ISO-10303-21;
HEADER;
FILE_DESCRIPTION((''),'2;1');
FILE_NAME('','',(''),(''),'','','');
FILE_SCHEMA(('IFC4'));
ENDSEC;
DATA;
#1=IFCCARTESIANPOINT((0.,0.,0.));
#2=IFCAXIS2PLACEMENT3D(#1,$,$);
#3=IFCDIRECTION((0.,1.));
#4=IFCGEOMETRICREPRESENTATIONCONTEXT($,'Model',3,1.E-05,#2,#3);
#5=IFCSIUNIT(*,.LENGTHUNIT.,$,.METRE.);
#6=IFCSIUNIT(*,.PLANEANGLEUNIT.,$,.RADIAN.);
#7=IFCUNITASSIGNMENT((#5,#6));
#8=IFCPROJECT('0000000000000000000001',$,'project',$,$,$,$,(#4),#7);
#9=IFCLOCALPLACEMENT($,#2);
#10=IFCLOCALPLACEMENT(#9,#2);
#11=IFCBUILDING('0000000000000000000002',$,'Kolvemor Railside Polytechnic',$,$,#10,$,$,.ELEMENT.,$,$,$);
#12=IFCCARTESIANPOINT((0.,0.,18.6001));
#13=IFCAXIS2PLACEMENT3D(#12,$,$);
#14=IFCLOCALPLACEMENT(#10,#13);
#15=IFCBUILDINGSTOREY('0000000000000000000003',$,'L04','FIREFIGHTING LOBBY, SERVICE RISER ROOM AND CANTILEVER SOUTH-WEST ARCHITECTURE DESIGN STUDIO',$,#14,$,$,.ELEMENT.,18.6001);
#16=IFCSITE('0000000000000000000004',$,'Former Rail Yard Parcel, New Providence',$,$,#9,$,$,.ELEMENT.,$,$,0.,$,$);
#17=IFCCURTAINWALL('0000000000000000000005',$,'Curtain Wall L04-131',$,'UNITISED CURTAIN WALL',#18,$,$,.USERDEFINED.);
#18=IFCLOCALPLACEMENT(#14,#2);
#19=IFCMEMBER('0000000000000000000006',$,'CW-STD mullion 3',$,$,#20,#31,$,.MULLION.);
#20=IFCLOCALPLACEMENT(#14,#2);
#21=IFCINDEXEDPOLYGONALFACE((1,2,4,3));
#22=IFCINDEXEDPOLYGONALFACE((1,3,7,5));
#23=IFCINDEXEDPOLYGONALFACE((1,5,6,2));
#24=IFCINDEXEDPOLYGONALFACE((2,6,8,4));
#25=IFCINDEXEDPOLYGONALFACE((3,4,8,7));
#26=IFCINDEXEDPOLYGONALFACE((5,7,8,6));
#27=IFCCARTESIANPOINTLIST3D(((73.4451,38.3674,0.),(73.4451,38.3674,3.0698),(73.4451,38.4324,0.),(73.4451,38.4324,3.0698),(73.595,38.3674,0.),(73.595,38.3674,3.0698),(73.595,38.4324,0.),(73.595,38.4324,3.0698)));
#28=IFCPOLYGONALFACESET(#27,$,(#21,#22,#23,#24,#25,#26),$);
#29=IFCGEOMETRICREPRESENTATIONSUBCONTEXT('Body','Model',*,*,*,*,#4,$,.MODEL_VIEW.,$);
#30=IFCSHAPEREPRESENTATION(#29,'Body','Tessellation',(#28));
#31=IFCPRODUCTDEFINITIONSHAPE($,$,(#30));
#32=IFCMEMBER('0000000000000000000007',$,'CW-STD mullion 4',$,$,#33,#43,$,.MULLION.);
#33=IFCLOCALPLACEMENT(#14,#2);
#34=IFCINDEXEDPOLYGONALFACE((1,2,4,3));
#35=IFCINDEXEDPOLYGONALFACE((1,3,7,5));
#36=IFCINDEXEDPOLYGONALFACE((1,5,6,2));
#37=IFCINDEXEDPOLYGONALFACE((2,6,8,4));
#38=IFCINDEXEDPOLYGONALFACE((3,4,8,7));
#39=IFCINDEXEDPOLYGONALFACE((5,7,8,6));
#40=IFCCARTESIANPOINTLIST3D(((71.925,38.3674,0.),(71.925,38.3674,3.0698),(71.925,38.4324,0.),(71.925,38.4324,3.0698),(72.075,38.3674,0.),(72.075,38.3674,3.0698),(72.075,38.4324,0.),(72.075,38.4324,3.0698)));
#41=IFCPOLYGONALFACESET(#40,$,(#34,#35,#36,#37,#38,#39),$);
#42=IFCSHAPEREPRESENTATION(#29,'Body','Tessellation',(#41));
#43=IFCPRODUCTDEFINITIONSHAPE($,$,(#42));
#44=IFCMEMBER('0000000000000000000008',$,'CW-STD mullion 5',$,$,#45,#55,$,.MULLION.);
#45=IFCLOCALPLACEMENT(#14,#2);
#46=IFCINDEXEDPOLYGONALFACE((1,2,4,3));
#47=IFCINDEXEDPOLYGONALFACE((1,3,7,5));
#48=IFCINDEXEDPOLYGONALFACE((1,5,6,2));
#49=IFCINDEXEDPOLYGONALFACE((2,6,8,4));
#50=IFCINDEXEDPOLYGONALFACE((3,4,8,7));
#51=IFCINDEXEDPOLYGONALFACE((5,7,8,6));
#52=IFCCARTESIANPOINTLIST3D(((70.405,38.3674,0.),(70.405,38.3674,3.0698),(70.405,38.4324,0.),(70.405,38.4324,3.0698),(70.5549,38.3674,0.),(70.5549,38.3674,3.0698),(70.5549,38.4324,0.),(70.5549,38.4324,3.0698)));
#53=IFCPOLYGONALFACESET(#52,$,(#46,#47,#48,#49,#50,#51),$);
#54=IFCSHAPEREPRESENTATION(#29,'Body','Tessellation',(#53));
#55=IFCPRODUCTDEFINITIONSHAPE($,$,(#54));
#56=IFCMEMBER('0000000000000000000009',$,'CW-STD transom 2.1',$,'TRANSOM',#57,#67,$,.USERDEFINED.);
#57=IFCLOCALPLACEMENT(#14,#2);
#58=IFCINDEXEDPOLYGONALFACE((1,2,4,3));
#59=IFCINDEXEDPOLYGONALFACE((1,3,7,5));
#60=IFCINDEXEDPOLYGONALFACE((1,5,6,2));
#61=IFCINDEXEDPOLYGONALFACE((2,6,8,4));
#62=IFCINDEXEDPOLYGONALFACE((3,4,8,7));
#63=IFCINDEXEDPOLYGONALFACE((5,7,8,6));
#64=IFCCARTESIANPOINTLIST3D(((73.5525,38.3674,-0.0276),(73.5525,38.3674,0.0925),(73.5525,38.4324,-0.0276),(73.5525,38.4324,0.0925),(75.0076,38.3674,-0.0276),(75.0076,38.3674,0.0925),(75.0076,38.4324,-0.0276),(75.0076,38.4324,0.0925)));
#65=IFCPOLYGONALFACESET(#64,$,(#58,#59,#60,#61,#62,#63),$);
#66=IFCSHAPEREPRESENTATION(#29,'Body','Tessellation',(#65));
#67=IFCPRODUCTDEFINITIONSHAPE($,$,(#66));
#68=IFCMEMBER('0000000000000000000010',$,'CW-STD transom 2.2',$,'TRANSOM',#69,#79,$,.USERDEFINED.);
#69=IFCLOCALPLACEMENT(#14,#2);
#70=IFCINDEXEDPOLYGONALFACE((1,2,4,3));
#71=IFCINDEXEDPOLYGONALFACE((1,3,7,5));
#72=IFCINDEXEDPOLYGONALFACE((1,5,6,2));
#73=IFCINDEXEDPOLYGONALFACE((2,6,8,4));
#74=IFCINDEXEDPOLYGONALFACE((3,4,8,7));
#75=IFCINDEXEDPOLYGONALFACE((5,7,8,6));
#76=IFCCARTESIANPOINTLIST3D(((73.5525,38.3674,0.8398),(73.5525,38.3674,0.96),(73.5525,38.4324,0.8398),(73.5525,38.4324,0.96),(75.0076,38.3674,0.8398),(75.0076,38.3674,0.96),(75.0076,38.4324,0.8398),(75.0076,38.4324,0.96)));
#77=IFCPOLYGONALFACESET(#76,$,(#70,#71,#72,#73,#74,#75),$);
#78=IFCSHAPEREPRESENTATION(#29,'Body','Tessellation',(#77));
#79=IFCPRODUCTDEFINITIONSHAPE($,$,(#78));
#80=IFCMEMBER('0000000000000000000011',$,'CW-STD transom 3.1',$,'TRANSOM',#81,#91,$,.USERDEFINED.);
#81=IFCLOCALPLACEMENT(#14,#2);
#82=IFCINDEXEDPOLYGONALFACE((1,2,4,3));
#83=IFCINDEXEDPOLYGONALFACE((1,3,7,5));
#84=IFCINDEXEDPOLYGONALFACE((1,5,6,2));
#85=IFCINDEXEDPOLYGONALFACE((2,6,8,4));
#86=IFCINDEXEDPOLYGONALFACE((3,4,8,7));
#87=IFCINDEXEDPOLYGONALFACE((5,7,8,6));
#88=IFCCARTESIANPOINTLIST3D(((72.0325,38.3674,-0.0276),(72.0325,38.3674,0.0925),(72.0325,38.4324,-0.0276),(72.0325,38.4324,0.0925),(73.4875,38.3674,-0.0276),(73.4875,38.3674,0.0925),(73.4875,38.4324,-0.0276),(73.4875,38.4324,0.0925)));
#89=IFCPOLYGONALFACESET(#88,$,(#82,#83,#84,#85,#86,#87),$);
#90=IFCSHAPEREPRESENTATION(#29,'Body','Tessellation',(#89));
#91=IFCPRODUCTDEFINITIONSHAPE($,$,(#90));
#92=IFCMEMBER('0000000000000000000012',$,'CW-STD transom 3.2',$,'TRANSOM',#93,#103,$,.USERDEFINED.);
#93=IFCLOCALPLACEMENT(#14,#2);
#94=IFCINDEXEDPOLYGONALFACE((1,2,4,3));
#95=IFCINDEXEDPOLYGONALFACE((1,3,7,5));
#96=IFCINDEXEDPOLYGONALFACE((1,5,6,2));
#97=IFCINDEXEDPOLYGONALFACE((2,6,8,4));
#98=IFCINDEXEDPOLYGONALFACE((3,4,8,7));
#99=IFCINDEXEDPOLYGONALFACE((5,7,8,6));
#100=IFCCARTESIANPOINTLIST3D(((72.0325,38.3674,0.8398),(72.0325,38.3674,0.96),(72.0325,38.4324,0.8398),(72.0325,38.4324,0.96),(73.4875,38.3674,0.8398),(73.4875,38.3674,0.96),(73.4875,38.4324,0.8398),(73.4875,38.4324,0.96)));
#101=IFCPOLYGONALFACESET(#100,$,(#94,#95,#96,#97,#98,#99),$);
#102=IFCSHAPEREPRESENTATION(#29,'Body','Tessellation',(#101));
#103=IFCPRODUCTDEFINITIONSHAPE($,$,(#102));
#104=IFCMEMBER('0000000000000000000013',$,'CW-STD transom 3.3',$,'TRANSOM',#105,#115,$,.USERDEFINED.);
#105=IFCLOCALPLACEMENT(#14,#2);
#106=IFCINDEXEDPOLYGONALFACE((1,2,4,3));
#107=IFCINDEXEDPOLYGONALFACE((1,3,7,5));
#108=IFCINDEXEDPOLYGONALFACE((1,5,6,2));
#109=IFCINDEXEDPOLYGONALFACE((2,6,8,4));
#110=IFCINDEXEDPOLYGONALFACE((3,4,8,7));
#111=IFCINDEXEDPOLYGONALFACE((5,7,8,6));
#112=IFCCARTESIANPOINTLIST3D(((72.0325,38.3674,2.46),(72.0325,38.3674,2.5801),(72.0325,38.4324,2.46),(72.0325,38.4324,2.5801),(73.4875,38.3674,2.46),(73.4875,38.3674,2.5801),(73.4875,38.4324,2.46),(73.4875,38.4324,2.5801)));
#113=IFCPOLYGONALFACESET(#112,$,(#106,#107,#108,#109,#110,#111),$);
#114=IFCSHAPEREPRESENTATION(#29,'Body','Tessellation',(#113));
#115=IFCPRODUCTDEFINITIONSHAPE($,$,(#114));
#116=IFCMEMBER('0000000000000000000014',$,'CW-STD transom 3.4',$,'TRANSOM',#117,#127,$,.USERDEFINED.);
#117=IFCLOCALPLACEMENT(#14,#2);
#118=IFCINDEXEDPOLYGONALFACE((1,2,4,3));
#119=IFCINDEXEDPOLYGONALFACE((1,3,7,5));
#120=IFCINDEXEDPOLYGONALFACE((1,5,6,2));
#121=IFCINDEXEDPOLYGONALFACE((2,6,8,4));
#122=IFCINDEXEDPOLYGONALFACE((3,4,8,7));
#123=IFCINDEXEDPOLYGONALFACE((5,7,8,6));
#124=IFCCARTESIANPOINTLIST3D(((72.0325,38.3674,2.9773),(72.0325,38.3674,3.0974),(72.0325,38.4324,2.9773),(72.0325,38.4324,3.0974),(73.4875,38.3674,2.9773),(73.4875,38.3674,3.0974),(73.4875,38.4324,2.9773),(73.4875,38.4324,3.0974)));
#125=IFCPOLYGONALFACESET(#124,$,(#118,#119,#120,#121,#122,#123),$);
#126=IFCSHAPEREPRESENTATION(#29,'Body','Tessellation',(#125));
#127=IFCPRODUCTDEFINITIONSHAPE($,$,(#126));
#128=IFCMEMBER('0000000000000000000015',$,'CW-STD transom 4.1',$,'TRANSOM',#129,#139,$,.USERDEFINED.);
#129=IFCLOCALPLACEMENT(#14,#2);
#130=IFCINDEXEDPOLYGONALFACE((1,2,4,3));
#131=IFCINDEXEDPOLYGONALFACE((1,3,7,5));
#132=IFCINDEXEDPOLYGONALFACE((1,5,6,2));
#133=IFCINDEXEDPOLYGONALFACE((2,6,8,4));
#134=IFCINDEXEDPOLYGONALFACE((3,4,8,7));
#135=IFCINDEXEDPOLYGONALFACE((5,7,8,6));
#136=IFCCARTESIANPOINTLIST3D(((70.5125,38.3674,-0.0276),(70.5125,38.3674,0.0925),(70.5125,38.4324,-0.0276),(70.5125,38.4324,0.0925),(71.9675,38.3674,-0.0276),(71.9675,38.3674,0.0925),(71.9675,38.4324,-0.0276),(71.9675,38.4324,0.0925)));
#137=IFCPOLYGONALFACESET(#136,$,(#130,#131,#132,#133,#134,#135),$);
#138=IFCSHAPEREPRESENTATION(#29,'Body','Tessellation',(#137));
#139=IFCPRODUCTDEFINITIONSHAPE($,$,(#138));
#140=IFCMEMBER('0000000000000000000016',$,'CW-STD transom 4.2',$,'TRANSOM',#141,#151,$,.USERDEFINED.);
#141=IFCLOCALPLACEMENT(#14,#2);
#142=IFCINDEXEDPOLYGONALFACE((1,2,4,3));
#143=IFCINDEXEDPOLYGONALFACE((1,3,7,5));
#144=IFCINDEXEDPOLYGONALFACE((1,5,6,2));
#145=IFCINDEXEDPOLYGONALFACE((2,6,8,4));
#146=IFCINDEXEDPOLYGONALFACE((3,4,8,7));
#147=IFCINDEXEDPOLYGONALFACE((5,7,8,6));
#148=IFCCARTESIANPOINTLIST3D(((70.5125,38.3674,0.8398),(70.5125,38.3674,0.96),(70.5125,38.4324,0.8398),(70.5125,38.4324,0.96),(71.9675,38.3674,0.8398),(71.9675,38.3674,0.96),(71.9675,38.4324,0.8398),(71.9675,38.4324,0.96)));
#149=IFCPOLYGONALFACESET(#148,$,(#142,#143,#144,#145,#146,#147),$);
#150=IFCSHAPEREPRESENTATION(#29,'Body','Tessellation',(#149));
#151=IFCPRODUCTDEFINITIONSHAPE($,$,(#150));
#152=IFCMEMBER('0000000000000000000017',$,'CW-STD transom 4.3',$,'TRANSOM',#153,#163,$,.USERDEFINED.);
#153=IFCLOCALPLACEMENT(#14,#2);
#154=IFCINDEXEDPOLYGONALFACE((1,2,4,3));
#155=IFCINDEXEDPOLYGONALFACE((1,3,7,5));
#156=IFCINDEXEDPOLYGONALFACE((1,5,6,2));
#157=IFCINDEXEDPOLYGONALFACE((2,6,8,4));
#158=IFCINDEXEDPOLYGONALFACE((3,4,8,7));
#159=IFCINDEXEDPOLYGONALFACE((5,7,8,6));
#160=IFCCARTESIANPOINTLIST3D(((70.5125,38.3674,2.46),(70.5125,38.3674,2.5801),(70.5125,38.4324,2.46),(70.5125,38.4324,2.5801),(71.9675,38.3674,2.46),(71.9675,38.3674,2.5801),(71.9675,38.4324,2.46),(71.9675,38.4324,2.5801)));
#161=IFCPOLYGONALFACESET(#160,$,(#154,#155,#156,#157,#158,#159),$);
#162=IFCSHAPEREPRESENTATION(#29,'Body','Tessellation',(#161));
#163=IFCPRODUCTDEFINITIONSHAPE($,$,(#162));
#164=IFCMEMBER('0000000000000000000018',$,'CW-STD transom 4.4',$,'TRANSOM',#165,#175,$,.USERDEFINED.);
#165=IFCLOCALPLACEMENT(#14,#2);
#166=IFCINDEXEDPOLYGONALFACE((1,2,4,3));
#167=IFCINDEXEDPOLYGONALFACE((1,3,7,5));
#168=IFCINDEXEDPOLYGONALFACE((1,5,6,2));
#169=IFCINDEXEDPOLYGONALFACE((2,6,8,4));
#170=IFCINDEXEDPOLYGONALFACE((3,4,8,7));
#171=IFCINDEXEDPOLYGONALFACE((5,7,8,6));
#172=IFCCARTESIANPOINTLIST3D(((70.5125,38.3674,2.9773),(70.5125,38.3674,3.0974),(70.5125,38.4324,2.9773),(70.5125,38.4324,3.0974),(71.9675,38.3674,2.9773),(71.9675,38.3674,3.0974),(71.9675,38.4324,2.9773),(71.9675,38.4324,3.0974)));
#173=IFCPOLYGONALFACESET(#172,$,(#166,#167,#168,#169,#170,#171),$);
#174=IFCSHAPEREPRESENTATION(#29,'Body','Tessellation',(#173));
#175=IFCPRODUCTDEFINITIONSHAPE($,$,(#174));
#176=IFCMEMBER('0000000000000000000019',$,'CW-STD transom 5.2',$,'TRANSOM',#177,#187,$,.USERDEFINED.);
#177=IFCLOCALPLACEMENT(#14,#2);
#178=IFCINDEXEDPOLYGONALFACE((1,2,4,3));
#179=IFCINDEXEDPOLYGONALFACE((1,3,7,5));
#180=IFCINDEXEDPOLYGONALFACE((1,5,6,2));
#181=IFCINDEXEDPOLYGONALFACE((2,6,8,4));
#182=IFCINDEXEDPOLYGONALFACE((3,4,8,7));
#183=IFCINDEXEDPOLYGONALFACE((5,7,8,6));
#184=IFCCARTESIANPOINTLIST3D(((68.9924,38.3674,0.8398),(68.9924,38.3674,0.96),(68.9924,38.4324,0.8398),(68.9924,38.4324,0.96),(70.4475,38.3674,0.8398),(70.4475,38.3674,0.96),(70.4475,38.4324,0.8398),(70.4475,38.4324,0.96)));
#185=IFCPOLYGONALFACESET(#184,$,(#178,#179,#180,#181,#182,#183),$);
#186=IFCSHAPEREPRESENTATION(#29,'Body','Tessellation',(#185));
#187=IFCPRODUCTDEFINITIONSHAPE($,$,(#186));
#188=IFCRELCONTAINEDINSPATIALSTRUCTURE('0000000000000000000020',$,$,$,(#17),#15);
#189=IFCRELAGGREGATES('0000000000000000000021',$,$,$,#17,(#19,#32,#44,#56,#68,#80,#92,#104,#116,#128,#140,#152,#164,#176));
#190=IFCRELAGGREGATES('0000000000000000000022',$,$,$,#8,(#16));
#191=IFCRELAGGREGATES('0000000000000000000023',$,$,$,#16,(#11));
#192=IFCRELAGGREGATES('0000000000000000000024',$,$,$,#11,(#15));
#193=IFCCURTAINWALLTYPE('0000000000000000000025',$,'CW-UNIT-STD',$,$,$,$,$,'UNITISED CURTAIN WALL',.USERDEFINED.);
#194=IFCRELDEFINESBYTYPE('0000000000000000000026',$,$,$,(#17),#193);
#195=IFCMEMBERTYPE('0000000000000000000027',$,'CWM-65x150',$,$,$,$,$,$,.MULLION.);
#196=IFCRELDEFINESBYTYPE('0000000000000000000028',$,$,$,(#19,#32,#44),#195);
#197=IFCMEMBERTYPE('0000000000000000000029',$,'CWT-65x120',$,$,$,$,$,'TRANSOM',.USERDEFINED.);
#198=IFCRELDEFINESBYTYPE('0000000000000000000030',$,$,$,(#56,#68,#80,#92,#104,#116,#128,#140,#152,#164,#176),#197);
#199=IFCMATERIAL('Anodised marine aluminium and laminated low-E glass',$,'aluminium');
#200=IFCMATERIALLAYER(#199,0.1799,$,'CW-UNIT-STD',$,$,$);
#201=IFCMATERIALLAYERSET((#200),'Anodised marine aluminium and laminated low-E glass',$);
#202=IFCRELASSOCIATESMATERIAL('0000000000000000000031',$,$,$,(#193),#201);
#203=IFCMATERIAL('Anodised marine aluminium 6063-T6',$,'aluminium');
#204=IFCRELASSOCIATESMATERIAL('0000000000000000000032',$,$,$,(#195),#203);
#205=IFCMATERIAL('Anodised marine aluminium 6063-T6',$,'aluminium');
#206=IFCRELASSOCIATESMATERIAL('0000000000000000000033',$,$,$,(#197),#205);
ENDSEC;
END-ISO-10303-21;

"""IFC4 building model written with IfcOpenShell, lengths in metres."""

from ifc_helpers import new_model, si_unit, direction, frame, origin, origin_2d, place, context, subcontext, project, spatial, rectangle, extrude, material, layer, layer_set, material_profile, profile_set, type_object, element, aggregate, save


model = new_model("IFC4")

# Units and contexts
model_context = context("Model", 3, precision=1e-05, world=origin(), true_north=direction((0.0, 1.0)))
body_context = subcontext(model_context, "Body", "Model", "MODEL_VIEW")
ifc_project = project(units=[si_unit("LENGTHUNIT", "METRE"), si_unit("PLANEANGLEUNIT", "RADIAN")], contexts=[model_context])

# Site, building, storey
site_placement = place(None, origin())
site = spatial("IfcSite", under=ifc_project, at=site_placement, Name="Former Rail Yard Parcel, New Providence", CompositionType="ELEMENT", RefElevation=0.0)
building_placement = place(site_placement, origin())
building = spatial("IfcBuilding", under=site, at=building_placement, Name="Kolvemor Railside Polytechnic", CompositionType="ELEMENT")
storey_placement = place(building_placement, frame((0.0, 0.0, 18.6001)))
storey = spatial("IfcBuildingStorey", under=building, at=storey_placement, Name="L04", Description="FIREFIGHTING LOBBY, SERVICE RISER ROOM AND CANTILEVER SOUTH-WEST ARCHITECTURE DESIGN STUDIO", CompositionType="ELEMENT", Elevation=18.6001)

# Curtain wall, members
ifc_material_1 = material(Name="Anodised marine aluminium and laminated low-E glass", Category="aluminium")
ifc_layer_1 = layer(ifc_material_1, 0.1799, Name="CW-UNIT-STD")
ifc_layer_set_1 = layer_set([ifc_layer_1], Name="Anodised marine aluminium and laminated low-E glass")
curtain_wall_type = type_object("IfcCurtainWallType", Name="CW-UNIT-STD", ElementType="UNITISED CURTAIN WALL", PredefinedType="USERDEFINED", material=ifc_layer_set_1)
curtain_wall_placement = place(storey_placement, origin())
curtain_wall = element("IfcCurtainWall", 1, at=curtain_wall_placement, inside=storey, type_object=curtain_wall_type, Name="Curtain Wall L04-131", ObjectType="UNITISED CURTAIN WALL", PredefinedType="USERDEFINED")
ifc_material_2 = material(Name="Anodised marine aluminium 6063-T6", Category="aluminium")
ifc_material_profile_1 = material_profile(ifc_material_2, rectangle(XDim=0.0649, YDim=0.1499, at=origin_2d()), Name="CW-MUL-65x150")
ifc_profile_set_1 = profile_set([ifc_material_profile_1], Name="Anodised marine aluminium 6063-T6")
member_type_1 = type_object("IfcMemberType", Name="CWM-65x150", PredefinedType="MULLION", material=ifc_profile_set_1)
member_1_placement = place(storey_placement, frame((73.52, 38.3999, 0.0), z_axis=(0.0, 0.0, 1.0), x_axis=(0.0, -1.0, 0.0)))
member_1 = element("IfcMember", 2, at=member_1_placement, type_object=member_type_1, Name="CW-STD mullion 3", PredefinedType="MULLION", context=body_context, shape_type="SweptSolid", body=[
    extrude(rectangle(XDim=0.0649, YDim=0.1499, at=origin_2d()), origin(), (0.0, 0.0, 1.0), 3.0698),
])
member_2_placement = place(storey_placement, frame((72.0, 38.3999, 0.0), z_axis=(0.0, 0.0, 1.0), x_axis=(0.0, -1.0, 0.0)))
member_2 = element("IfcMember", 3, at=member_2_placement, type_object=member_type_1, Name="CW-STD mullion 4", PredefinedType="MULLION", context=body_context, shape_type="SweptSolid", body=[
    extrude(rectangle(XDim=0.0649, YDim=0.1499, at=origin_2d()), origin(), (0.0, 0.0, 1.0), 3.0698),
])
member_3_placement = place(storey_placement, frame((70.48, 38.3999, 0.0), z_axis=(0.0, 0.0, 1.0), x_axis=(0.0, -1.0, 0.0)))
member_3 = element("IfcMember", 4, at=member_3_placement, type_object=member_type_1, Name="CW-STD mullion 5", PredefinedType="MULLION", context=body_context, shape_type="SweptSolid", body=[
    extrude(rectangle(XDim=0.0649, YDim=0.1499, at=origin_2d()), origin(), (0.0, 0.0, 1.0), 3.0698),
])
ifc_material_3 = material(Name="Anodised marine aluminium 6063-T6", Category="aluminium")
ifc_material_profile_2 = material_profile(ifc_material_3, rectangle(XDim=0.0649, YDim=0.1201, at=origin_2d()), Name="CW-TRN-65x120")
ifc_profile_set_2 = profile_set([ifc_material_profile_2], Name="Anodised marine aluminium 6063-T6")
member_type_2 = type_object("IfcMemberType", Name="CWT-65x120", ElementType="TRANSOM", PredefinedType="USERDEFINED", material=ifc_profile_set_2)
member_4_placement = place(storey_placement, frame((75.0076, 38.3999, 0.0325), z_axis=(-1.0, 0.0, 0.0), x_axis=(0.0, -1.0, 0.0)))
member_4 = element("IfcMember", 5, at=member_4_placement, type_object=member_type_2, Name="CW-STD transom 2.1", ObjectType="TRANSOM", PredefinedType="USERDEFINED", context=body_context, shape_type="SweptSolid", body=[
    extrude(rectangle(XDim=0.0649, YDim=0.1201, at=origin_2d()), origin(), (0.0, 0.0, 1.0), 1.4551),
])
member_5_placement = place(storey_placement, frame((75.0076, 38.3999, 0.8999), z_axis=(-1.0, 0.0, 0.0), x_axis=(0.0, -1.0, 0.0)))
member_5 = element("IfcMember", 6, at=member_5_placement, type_object=member_type_2, Name="CW-STD transom 2.2", ObjectType="TRANSOM", PredefinedType="USERDEFINED", context=body_context, shape_type="SweptSolid", body=[
    extrude(rectangle(XDim=0.0649, YDim=0.1201, at=origin_2d()), origin(), (0.0, 0.0, 1.0), 1.4551),
])
member_6_placement = place(storey_placement, frame((73.4875, 38.3999, 0.0325), z_axis=(-1.0, 0.0, 0.0), x_axis=(0.0, -1.0, 0.0)))
member_6 = element("IfcMember", 7, at=member_6_placement, type_object=member_type_2, Name="CW-STD transom 3.1", ObjectType="TRANSOM", PredefinedType="USERDEFINED", context=body_context, shape_type="SweptSolid", body=[
    extrude(rectangle(XDim=0.0649, YDim=0.1201, at=origin_2d()), origin(), (0.0, 0.0, 1.0), 1.4551),
])
member_7_placement = place(storey_placement, frame((73.4875, 38.3999, 0.8999), z_axis=(-1.0, 0.0, 0.0), x_axis=(0.0, -1.0, 0.0)))
member_7 = element("IfcMember", 8, at=member_7_placement, type_object=member_type_2, Name="CW-STD transom 3.2", ObjectType="TRANSOM", PredefinedType="USERDEFINED", context=body_context, shape_type="SweptSolid", body=[
    extrude(rectangle(XDim=0.0649, YDim=0.1201, at=origin_2d()), origin(), (0.0, 0.0, 1.0), 1.4551),
])
member_8_placement = place(storey_placement, frame((73.4875, 38.3999, 2.52), z_axis=(-1.0, 0.0, 0.0), x_axis=(0.0, -1.0, 0.0)))
member_8 = element("IfcMember", 9, at=member_8_placement, type_object=member_type_2, Name="CW-STD transom 3.3", ObjectType="TRANSOM", PredefinedType="USERDEFINED", context=body_context, shape_type="SweptSolid", body=[
    extrude(rectangle(XDim=0.0649, YDim=0.1201, at=origin_2d()), origin(), (0.0, 0.0, 1.0), 1.4551),
])
member_9_placement = place(storey_placement, frame((73.4875, 38.3999, 3.0374), z_axis=(-1.0, 0.0, 0.0), x_axis=(0.0, -1.0, 0.0)))
member_9 = element("IfcMember", 10, at=member_9_placement, type_object=member_type_2, Name="CW-STD transom 3.4", ObjectType="TRANSOM", PredefinedType="USERDEFINED", context=body_context, shape_type="SweptSolid", body=[
    extrude(rectangle(XDim=0.0649, YDim=0.1201, at=origin_2d()), origin(), (0.0, 0.0, 1.0), 1.4551),
])
member_10_placement = place(storey_placement, frame((71.9675, 38.3999, 0.0325), z_axis=(-1.0, 0.0, 0.0), x_axis=(0.0, -1.0, 0.0)))
member_10 = element("IfcMember", 11, at=member_10_placement, type_object=member_type_2, Name="CW-STD transom 4.1", ObjectType="TRANSOM", PredefinedType="USERDEFINED", context=body_context, shape_type="SweptSolid", body=[
    extrude(rectangle(XDim=0.0649, YDim=0.1201, at=origin_2d()), origin(), (0.0, 0.0, 1.0), 1.4551),
])
member_11_placement = place(storey_placement, frame((71.9675, 38.3999, 0.8999), z_axis=(-1.0, 0.0, 0.0), x_axis=(0.0, -1.0, 0.0)))
member_11 = element("IfcMember", 12, at=member_11_placement, type_object=member_type_2, Name="CW-STD transom 4.2", ObjectType="TRANSOM", PredefinedType="USERDEFINED", context=body_context, shape_type="SweptSolid", body=[
    extrude(rectangle(XDim=0.0649, YDim=0.1201, at=origin_2d()), origin(), (0.0, 0.0, 1.0), 1.4551),
])
member_12_placement = place(storey_placement, frame((71.9675, 38.3999, 2.52), z_axis=(-1.0, 0.0, 0.0), x_axis=(0.0, -1.0, 0.0)))
member_12 = element("IfcMember", 13, at=member_12_placement, type_object=member_type_2, Name="CW-STD transom 4.3", ObjectType="TRANSOM", PredefinedType="USERDEFINED", context=body_context, shape_type="SweptSolid", body=[
    extrude(rectangle(XDim=0.0649, YDim=0.1201, at=origin_2d()), origin(), (0.0, 0.0, 1.0), 1.4551),
])
member_13_placement = place(storey_placement, frame((71.9675, 38.3999, 3.0374), z_axis=(-1.0, 0.0, 0.0), x_axis=(0.0, -1.0, 0.0)))
member_13 = element("IfcMember", 14, at=member_13_placement, type_object=member_type_2, Name="CW-STD transom 4.4", ObjectType="TRANSOM", PredefinedType="USERDEFINED", context=body_context, shape_type="SweptSolid", body=[
    extrude(rectangle(XDim=0.0649, YDim=0.1201, at=origin_2d()), origin(), (0.0, 0.0, 1.0), 1.4551),
])
member_14_placement = place(storey_placement, frame((70.4475, 38.3999, 0.8999), z_axis=(-1.0, 0.0, 0.0), x_axis=(0.0, -1.0, 0.0)))
member_14 = element("IfcMember", 15, at=member_14_placement, type_object=member_type_2, Name="CW-STD transom 5.2", ObjectType="TRANSOM", PredefinedType="USERDEFINED", context=body_context, shape_type="SweptSolid", body=[
    extrude(rectangle(XDim=0.0649, YDim=0.1201, at=origin_2d()), origin(), (0.0, 0.0, 1.0), 1.4551),
])
aggregate(curtain_wall, [member_1, member_2, member_3, member_4, member_5, member_6, member_7, member_8, member_9, member_10, member_11, member_12, member_13, member_14])

save(model, "model.ifc")
